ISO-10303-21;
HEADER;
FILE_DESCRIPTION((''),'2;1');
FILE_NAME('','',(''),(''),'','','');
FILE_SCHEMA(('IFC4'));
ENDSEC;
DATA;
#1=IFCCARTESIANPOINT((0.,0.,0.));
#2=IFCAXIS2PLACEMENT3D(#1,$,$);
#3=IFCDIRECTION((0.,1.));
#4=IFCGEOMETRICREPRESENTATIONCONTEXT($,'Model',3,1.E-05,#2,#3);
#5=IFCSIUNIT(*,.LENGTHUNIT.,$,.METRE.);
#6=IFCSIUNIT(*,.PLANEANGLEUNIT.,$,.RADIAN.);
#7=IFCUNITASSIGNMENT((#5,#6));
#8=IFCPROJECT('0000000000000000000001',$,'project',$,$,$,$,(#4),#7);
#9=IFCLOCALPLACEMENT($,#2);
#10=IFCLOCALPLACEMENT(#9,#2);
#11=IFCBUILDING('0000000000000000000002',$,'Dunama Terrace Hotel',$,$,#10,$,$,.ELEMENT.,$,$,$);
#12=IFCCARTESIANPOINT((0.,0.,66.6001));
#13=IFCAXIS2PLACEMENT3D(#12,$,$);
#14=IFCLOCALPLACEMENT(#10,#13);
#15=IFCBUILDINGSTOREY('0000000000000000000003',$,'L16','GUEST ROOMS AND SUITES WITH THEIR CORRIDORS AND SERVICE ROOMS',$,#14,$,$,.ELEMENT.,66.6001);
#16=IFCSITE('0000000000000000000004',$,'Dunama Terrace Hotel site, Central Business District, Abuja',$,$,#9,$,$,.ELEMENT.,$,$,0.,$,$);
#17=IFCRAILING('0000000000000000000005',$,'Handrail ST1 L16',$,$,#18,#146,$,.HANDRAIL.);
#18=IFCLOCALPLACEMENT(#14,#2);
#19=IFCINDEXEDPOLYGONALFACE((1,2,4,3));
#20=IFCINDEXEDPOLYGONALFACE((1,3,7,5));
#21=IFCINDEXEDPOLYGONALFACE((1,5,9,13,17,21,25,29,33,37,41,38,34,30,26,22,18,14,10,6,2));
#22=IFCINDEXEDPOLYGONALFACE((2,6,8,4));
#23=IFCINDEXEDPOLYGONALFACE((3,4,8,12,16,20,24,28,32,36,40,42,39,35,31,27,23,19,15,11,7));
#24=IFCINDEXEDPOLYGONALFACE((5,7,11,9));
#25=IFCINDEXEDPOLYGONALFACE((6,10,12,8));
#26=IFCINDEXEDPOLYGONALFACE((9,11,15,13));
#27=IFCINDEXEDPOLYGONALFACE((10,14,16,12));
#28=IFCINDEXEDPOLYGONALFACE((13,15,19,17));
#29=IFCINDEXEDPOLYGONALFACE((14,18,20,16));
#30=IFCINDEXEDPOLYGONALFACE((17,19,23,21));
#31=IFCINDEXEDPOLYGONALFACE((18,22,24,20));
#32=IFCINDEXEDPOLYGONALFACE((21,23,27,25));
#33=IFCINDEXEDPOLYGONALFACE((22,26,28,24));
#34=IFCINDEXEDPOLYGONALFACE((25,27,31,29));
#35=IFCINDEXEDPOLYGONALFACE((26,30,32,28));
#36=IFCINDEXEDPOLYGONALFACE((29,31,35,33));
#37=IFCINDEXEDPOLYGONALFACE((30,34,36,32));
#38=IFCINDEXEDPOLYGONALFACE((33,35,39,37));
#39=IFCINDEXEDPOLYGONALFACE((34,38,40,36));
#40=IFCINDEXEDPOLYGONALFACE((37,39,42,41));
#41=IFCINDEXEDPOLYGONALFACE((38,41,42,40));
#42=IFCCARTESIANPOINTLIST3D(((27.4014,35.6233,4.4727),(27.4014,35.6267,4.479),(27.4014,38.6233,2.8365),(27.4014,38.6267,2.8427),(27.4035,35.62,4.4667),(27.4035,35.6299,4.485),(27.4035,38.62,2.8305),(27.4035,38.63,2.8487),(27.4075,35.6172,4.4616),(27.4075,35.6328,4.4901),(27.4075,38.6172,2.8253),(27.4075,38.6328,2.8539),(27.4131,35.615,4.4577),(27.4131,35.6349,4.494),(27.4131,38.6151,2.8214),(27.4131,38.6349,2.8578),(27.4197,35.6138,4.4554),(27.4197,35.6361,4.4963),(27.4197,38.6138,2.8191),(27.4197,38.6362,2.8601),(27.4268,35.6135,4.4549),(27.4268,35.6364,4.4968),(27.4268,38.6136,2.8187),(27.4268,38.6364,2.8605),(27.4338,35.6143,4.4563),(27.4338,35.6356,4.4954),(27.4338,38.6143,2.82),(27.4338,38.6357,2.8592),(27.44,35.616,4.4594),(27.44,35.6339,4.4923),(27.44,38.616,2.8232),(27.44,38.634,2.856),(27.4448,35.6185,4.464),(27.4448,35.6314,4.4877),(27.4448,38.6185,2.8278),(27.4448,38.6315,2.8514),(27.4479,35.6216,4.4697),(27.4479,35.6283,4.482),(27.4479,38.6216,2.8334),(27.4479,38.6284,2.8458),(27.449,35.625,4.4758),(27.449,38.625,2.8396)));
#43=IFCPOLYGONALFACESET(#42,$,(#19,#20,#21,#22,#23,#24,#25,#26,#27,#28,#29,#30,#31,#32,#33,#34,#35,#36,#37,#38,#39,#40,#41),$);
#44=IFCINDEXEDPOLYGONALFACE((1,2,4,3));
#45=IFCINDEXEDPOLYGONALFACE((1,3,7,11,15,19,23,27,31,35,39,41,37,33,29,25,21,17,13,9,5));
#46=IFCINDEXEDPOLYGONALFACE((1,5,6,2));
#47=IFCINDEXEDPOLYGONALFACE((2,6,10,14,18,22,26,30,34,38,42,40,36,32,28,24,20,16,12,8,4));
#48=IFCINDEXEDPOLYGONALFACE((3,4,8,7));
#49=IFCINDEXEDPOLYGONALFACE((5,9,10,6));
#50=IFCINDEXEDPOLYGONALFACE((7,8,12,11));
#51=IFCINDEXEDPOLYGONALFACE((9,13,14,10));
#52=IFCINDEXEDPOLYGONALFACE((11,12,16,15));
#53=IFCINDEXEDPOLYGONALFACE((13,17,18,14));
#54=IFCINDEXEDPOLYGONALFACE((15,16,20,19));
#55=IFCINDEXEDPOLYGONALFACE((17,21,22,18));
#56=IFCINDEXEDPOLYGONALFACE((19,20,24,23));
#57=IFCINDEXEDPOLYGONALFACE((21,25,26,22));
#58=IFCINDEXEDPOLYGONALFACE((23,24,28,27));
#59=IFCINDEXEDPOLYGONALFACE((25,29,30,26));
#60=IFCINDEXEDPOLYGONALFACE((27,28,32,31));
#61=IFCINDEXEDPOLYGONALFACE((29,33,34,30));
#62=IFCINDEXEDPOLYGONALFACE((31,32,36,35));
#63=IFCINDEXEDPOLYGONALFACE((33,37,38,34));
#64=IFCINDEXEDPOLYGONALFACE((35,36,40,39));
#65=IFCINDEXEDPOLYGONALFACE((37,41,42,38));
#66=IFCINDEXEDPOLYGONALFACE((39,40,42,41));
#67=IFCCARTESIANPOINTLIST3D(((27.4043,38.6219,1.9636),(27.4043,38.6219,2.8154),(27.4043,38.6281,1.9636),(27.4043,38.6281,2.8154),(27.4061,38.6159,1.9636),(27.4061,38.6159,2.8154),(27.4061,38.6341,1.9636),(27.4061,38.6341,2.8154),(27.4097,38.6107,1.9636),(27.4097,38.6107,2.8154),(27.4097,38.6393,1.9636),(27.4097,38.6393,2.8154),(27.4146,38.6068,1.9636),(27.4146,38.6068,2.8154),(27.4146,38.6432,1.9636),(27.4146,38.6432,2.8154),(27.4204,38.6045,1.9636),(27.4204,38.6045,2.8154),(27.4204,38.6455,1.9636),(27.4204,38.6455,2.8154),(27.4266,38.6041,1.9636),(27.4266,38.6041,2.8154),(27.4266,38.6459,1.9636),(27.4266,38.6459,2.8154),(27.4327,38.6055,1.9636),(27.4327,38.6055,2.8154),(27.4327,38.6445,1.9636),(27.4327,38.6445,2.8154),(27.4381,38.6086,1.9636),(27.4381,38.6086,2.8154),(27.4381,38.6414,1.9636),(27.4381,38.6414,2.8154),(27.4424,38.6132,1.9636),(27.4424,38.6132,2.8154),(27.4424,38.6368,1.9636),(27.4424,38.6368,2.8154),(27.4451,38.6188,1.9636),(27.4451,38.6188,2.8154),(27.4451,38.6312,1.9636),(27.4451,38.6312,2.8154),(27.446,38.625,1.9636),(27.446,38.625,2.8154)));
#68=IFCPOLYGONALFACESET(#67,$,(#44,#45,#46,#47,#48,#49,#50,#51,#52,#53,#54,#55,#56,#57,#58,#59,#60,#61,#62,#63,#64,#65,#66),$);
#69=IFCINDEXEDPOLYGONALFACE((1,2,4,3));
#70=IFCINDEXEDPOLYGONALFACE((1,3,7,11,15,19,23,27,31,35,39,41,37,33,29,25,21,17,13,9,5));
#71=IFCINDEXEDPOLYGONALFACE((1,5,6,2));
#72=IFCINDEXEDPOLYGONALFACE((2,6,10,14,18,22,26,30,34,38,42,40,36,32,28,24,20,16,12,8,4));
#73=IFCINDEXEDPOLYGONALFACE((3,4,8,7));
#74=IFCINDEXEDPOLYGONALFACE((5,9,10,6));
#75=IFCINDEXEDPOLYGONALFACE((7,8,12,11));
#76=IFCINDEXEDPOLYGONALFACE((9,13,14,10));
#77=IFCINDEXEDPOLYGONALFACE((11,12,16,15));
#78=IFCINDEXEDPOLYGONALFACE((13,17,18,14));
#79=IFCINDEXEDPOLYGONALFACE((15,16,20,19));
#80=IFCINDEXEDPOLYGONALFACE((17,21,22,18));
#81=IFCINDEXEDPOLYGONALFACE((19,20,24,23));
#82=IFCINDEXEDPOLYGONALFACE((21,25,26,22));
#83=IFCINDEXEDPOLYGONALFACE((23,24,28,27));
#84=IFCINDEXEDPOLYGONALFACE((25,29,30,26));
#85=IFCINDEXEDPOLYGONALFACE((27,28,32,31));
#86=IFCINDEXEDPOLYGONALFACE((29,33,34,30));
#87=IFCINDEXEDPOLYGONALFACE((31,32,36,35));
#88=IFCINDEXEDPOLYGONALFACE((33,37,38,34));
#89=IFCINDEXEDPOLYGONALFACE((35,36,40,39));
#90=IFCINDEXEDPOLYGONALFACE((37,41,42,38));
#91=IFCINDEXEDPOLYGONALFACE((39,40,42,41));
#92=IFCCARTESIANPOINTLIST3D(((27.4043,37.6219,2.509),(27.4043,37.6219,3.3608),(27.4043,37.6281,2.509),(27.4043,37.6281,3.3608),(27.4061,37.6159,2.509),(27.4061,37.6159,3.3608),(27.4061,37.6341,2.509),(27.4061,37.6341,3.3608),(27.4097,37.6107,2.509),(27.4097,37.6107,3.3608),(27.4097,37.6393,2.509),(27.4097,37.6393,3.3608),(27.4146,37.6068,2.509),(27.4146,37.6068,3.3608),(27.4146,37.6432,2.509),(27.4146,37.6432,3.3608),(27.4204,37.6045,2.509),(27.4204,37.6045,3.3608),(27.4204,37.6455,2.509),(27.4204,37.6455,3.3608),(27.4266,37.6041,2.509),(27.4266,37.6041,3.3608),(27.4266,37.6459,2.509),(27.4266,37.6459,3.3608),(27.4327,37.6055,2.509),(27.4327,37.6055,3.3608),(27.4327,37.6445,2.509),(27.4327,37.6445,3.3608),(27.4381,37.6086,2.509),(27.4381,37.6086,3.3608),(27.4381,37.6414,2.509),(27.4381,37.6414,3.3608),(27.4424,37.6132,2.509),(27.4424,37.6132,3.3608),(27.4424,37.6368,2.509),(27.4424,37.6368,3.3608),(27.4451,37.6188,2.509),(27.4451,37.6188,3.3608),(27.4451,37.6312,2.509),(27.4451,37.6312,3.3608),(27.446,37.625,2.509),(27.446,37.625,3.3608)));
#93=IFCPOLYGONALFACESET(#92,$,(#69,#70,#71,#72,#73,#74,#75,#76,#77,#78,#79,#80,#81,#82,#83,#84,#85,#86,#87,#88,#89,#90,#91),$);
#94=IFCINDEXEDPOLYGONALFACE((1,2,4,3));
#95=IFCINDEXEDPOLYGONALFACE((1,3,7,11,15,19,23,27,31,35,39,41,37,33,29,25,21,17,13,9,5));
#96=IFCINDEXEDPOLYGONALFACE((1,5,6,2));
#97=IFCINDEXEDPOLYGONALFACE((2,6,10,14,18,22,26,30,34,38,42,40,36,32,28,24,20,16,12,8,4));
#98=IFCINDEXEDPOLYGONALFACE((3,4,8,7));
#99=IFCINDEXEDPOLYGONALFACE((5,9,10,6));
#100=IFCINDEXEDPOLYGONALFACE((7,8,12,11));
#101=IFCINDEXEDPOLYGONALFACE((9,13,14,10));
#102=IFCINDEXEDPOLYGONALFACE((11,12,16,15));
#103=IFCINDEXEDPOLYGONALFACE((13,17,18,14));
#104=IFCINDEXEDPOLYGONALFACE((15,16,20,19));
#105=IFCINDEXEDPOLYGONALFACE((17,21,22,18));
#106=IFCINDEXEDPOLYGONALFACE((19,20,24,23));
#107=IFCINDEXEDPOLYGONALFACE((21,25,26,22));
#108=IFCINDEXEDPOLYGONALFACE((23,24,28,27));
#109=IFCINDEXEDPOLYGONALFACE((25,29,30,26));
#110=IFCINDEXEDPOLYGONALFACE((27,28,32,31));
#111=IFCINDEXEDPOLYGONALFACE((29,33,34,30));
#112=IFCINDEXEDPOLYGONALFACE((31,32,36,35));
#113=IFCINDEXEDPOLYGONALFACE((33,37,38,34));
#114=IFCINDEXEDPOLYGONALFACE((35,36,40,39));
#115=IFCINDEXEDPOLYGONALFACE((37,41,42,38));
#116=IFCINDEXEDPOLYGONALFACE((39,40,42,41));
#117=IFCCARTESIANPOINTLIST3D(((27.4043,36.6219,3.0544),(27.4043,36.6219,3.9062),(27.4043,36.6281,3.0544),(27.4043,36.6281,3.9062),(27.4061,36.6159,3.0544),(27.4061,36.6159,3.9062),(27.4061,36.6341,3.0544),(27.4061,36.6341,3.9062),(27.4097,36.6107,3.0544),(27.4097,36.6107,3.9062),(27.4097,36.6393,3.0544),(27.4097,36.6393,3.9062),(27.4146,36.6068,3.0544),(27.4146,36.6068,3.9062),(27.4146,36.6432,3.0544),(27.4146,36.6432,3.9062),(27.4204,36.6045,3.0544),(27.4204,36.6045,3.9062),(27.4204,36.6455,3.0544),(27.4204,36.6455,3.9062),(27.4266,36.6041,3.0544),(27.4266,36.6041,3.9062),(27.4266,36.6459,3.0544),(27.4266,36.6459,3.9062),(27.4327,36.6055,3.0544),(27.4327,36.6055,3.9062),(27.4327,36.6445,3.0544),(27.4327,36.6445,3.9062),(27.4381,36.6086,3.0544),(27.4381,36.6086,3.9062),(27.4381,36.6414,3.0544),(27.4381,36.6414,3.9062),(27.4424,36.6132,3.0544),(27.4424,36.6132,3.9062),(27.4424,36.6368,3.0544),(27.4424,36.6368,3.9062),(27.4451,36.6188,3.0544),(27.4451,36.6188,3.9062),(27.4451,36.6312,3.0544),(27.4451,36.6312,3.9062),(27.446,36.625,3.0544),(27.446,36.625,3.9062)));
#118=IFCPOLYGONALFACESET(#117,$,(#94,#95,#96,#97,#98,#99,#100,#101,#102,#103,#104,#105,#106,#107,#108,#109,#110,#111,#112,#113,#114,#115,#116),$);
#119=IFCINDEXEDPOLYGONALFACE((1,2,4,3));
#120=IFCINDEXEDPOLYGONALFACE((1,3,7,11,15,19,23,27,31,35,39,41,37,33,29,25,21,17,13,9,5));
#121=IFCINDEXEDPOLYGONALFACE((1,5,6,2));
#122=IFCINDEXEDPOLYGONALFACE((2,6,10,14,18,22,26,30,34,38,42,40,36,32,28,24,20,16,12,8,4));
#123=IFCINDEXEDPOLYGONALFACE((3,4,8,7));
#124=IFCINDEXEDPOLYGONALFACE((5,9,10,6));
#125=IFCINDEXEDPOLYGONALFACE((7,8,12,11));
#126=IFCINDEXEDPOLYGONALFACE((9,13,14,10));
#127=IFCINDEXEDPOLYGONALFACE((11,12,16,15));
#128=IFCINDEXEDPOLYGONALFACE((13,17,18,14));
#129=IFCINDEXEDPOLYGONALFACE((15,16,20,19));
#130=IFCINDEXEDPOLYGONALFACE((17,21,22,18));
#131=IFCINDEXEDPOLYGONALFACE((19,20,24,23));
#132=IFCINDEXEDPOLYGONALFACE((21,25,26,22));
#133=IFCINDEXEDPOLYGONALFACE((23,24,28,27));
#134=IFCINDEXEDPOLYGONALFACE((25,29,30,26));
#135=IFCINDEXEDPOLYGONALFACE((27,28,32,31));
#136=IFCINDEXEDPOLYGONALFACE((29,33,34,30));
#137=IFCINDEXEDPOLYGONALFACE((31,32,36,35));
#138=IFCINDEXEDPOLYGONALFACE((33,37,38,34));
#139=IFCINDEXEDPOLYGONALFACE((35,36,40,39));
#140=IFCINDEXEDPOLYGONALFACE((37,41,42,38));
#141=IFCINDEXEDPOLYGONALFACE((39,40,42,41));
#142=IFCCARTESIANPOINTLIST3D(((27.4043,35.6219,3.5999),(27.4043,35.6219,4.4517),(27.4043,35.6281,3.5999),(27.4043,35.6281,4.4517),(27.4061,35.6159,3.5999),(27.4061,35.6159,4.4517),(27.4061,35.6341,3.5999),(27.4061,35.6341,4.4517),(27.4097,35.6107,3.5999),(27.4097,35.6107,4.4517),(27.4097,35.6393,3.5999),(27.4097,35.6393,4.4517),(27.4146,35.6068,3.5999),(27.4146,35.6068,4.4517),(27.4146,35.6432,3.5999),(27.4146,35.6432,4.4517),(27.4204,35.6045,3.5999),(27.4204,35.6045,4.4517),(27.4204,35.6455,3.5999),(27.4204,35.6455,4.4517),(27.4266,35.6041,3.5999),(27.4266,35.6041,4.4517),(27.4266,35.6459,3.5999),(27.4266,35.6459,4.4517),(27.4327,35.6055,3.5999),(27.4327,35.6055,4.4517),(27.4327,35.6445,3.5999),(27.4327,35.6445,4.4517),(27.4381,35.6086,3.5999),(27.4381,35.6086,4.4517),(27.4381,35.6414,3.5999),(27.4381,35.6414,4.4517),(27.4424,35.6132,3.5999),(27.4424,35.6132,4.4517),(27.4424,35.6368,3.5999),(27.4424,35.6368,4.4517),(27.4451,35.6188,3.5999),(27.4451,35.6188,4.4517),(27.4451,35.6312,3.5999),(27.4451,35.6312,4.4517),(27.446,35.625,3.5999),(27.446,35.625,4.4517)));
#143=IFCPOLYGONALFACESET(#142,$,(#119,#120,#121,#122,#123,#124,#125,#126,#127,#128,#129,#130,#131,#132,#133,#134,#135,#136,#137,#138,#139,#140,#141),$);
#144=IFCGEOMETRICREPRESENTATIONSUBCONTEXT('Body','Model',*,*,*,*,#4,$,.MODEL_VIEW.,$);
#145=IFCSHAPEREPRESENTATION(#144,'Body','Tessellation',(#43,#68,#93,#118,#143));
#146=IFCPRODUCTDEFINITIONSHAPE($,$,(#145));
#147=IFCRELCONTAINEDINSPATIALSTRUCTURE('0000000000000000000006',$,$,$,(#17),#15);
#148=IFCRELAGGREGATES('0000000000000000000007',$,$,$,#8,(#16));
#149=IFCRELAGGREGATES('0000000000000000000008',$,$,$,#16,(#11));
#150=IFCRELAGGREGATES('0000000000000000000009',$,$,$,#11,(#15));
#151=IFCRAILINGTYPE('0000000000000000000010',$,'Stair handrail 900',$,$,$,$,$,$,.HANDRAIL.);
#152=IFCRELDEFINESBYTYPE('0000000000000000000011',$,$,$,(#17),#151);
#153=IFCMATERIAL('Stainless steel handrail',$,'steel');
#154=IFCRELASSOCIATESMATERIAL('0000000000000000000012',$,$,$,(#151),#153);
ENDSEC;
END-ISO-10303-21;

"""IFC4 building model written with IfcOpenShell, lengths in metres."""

from ifc_helpers import new_model, si_unit, direction, frame, origin, origin_2d, place, context, subcontext, project, spatial, circle, extrude, material, type_object, element, save


model = new_model("IFC4")

# Units and contexts
model_context = context("Model", 3, precision=1e-05, world=origin(), true_north=direction((0.0, 1.0)))
body_context = subcontext(model_context, "Body", "Model", "MODEL_VIEW")
ifc_project = project(units=[si_unit("LENGTHUNIT", "METRE"), si_unit("PLANEANGLEUNIT", "RADIAN")], contexts=[model_context])

# Site, building, storey
site_placement = place(None, origin())
site = spatial("IfcSite", under=ifc_project, at=site_placement, Name="Dunama Terrace Hotel site, Central Business District, Abuja", CompositionType="ELEMENT", RefElevation=0.0)
building_placement = place(site_placement, origin())
building = spatial("IfcBuilding", under=site, at=building_placement, Name="Dunama Terrace Hotel", CompositionType="ELEMENT")
storey_placement = place(building_placement, frame((0.0, 0.0, 66.6001)))
storey = spatial("IfcBuildingStorey", under=building, at=storey_placement, Name="L16", Description="GUEST ROOMS AND SUITES WITH THEIR CORRIDORS AND SERVICE ROOMS", CompositionType="ELEMENT", Elevation=66.6001)

# Railing
ifc_material_1 = material(Name="Stainless steel handrail", Category="steel")
railing_type = type_object("IfcRailingType", Name="Stair handrail 900", PredefinedType="HANDRAIL", material=ifc_material_1)
railing_placement = place(storey_placement, frame((27.425, 38.625, 1.9636)))
element("IfcRailing", 1, at=railing_placement, inside=storey, type_object=railing_type, Name="Handrail ST1 L16", PredefinedType="HANDRAIL", context=body_context, shape_type="SweptSolid", body=[
    extrude(circle(Radius=0.0239, at=origin_2d()), frame((0.0, 0.0, 0.876), z_axis=(0.0, -0.877912, 0.478822), x_axis=(1.0, 0.0, 0.0)), (0.0, 0.0, 1.0), 3.4172),
    extrude(circle(Radius=0.021, at=origin_2d()), origin(), (0.0, 0.0, 1.0), 0.8518),
    extrude(circle(Radius=0.021, at=origin_2d()), frame((0.0, -1.0, 0.5454)), (0.0, 0.0, 1.0), 0.8518),
    extrude(circle(Radius=0.021, at=origin_2d()), frame((0.0, -2.0, 1.0908)), (0.0, 0.0, 1.0), 0.8518),
    extrude(circle(Radius=0.021, at=origin_2d()), frame((0.0, -3.0, 1.6362)), (0.0, 0.0, 1.0), 0.8518),
])

save(model, "model.ifc")
